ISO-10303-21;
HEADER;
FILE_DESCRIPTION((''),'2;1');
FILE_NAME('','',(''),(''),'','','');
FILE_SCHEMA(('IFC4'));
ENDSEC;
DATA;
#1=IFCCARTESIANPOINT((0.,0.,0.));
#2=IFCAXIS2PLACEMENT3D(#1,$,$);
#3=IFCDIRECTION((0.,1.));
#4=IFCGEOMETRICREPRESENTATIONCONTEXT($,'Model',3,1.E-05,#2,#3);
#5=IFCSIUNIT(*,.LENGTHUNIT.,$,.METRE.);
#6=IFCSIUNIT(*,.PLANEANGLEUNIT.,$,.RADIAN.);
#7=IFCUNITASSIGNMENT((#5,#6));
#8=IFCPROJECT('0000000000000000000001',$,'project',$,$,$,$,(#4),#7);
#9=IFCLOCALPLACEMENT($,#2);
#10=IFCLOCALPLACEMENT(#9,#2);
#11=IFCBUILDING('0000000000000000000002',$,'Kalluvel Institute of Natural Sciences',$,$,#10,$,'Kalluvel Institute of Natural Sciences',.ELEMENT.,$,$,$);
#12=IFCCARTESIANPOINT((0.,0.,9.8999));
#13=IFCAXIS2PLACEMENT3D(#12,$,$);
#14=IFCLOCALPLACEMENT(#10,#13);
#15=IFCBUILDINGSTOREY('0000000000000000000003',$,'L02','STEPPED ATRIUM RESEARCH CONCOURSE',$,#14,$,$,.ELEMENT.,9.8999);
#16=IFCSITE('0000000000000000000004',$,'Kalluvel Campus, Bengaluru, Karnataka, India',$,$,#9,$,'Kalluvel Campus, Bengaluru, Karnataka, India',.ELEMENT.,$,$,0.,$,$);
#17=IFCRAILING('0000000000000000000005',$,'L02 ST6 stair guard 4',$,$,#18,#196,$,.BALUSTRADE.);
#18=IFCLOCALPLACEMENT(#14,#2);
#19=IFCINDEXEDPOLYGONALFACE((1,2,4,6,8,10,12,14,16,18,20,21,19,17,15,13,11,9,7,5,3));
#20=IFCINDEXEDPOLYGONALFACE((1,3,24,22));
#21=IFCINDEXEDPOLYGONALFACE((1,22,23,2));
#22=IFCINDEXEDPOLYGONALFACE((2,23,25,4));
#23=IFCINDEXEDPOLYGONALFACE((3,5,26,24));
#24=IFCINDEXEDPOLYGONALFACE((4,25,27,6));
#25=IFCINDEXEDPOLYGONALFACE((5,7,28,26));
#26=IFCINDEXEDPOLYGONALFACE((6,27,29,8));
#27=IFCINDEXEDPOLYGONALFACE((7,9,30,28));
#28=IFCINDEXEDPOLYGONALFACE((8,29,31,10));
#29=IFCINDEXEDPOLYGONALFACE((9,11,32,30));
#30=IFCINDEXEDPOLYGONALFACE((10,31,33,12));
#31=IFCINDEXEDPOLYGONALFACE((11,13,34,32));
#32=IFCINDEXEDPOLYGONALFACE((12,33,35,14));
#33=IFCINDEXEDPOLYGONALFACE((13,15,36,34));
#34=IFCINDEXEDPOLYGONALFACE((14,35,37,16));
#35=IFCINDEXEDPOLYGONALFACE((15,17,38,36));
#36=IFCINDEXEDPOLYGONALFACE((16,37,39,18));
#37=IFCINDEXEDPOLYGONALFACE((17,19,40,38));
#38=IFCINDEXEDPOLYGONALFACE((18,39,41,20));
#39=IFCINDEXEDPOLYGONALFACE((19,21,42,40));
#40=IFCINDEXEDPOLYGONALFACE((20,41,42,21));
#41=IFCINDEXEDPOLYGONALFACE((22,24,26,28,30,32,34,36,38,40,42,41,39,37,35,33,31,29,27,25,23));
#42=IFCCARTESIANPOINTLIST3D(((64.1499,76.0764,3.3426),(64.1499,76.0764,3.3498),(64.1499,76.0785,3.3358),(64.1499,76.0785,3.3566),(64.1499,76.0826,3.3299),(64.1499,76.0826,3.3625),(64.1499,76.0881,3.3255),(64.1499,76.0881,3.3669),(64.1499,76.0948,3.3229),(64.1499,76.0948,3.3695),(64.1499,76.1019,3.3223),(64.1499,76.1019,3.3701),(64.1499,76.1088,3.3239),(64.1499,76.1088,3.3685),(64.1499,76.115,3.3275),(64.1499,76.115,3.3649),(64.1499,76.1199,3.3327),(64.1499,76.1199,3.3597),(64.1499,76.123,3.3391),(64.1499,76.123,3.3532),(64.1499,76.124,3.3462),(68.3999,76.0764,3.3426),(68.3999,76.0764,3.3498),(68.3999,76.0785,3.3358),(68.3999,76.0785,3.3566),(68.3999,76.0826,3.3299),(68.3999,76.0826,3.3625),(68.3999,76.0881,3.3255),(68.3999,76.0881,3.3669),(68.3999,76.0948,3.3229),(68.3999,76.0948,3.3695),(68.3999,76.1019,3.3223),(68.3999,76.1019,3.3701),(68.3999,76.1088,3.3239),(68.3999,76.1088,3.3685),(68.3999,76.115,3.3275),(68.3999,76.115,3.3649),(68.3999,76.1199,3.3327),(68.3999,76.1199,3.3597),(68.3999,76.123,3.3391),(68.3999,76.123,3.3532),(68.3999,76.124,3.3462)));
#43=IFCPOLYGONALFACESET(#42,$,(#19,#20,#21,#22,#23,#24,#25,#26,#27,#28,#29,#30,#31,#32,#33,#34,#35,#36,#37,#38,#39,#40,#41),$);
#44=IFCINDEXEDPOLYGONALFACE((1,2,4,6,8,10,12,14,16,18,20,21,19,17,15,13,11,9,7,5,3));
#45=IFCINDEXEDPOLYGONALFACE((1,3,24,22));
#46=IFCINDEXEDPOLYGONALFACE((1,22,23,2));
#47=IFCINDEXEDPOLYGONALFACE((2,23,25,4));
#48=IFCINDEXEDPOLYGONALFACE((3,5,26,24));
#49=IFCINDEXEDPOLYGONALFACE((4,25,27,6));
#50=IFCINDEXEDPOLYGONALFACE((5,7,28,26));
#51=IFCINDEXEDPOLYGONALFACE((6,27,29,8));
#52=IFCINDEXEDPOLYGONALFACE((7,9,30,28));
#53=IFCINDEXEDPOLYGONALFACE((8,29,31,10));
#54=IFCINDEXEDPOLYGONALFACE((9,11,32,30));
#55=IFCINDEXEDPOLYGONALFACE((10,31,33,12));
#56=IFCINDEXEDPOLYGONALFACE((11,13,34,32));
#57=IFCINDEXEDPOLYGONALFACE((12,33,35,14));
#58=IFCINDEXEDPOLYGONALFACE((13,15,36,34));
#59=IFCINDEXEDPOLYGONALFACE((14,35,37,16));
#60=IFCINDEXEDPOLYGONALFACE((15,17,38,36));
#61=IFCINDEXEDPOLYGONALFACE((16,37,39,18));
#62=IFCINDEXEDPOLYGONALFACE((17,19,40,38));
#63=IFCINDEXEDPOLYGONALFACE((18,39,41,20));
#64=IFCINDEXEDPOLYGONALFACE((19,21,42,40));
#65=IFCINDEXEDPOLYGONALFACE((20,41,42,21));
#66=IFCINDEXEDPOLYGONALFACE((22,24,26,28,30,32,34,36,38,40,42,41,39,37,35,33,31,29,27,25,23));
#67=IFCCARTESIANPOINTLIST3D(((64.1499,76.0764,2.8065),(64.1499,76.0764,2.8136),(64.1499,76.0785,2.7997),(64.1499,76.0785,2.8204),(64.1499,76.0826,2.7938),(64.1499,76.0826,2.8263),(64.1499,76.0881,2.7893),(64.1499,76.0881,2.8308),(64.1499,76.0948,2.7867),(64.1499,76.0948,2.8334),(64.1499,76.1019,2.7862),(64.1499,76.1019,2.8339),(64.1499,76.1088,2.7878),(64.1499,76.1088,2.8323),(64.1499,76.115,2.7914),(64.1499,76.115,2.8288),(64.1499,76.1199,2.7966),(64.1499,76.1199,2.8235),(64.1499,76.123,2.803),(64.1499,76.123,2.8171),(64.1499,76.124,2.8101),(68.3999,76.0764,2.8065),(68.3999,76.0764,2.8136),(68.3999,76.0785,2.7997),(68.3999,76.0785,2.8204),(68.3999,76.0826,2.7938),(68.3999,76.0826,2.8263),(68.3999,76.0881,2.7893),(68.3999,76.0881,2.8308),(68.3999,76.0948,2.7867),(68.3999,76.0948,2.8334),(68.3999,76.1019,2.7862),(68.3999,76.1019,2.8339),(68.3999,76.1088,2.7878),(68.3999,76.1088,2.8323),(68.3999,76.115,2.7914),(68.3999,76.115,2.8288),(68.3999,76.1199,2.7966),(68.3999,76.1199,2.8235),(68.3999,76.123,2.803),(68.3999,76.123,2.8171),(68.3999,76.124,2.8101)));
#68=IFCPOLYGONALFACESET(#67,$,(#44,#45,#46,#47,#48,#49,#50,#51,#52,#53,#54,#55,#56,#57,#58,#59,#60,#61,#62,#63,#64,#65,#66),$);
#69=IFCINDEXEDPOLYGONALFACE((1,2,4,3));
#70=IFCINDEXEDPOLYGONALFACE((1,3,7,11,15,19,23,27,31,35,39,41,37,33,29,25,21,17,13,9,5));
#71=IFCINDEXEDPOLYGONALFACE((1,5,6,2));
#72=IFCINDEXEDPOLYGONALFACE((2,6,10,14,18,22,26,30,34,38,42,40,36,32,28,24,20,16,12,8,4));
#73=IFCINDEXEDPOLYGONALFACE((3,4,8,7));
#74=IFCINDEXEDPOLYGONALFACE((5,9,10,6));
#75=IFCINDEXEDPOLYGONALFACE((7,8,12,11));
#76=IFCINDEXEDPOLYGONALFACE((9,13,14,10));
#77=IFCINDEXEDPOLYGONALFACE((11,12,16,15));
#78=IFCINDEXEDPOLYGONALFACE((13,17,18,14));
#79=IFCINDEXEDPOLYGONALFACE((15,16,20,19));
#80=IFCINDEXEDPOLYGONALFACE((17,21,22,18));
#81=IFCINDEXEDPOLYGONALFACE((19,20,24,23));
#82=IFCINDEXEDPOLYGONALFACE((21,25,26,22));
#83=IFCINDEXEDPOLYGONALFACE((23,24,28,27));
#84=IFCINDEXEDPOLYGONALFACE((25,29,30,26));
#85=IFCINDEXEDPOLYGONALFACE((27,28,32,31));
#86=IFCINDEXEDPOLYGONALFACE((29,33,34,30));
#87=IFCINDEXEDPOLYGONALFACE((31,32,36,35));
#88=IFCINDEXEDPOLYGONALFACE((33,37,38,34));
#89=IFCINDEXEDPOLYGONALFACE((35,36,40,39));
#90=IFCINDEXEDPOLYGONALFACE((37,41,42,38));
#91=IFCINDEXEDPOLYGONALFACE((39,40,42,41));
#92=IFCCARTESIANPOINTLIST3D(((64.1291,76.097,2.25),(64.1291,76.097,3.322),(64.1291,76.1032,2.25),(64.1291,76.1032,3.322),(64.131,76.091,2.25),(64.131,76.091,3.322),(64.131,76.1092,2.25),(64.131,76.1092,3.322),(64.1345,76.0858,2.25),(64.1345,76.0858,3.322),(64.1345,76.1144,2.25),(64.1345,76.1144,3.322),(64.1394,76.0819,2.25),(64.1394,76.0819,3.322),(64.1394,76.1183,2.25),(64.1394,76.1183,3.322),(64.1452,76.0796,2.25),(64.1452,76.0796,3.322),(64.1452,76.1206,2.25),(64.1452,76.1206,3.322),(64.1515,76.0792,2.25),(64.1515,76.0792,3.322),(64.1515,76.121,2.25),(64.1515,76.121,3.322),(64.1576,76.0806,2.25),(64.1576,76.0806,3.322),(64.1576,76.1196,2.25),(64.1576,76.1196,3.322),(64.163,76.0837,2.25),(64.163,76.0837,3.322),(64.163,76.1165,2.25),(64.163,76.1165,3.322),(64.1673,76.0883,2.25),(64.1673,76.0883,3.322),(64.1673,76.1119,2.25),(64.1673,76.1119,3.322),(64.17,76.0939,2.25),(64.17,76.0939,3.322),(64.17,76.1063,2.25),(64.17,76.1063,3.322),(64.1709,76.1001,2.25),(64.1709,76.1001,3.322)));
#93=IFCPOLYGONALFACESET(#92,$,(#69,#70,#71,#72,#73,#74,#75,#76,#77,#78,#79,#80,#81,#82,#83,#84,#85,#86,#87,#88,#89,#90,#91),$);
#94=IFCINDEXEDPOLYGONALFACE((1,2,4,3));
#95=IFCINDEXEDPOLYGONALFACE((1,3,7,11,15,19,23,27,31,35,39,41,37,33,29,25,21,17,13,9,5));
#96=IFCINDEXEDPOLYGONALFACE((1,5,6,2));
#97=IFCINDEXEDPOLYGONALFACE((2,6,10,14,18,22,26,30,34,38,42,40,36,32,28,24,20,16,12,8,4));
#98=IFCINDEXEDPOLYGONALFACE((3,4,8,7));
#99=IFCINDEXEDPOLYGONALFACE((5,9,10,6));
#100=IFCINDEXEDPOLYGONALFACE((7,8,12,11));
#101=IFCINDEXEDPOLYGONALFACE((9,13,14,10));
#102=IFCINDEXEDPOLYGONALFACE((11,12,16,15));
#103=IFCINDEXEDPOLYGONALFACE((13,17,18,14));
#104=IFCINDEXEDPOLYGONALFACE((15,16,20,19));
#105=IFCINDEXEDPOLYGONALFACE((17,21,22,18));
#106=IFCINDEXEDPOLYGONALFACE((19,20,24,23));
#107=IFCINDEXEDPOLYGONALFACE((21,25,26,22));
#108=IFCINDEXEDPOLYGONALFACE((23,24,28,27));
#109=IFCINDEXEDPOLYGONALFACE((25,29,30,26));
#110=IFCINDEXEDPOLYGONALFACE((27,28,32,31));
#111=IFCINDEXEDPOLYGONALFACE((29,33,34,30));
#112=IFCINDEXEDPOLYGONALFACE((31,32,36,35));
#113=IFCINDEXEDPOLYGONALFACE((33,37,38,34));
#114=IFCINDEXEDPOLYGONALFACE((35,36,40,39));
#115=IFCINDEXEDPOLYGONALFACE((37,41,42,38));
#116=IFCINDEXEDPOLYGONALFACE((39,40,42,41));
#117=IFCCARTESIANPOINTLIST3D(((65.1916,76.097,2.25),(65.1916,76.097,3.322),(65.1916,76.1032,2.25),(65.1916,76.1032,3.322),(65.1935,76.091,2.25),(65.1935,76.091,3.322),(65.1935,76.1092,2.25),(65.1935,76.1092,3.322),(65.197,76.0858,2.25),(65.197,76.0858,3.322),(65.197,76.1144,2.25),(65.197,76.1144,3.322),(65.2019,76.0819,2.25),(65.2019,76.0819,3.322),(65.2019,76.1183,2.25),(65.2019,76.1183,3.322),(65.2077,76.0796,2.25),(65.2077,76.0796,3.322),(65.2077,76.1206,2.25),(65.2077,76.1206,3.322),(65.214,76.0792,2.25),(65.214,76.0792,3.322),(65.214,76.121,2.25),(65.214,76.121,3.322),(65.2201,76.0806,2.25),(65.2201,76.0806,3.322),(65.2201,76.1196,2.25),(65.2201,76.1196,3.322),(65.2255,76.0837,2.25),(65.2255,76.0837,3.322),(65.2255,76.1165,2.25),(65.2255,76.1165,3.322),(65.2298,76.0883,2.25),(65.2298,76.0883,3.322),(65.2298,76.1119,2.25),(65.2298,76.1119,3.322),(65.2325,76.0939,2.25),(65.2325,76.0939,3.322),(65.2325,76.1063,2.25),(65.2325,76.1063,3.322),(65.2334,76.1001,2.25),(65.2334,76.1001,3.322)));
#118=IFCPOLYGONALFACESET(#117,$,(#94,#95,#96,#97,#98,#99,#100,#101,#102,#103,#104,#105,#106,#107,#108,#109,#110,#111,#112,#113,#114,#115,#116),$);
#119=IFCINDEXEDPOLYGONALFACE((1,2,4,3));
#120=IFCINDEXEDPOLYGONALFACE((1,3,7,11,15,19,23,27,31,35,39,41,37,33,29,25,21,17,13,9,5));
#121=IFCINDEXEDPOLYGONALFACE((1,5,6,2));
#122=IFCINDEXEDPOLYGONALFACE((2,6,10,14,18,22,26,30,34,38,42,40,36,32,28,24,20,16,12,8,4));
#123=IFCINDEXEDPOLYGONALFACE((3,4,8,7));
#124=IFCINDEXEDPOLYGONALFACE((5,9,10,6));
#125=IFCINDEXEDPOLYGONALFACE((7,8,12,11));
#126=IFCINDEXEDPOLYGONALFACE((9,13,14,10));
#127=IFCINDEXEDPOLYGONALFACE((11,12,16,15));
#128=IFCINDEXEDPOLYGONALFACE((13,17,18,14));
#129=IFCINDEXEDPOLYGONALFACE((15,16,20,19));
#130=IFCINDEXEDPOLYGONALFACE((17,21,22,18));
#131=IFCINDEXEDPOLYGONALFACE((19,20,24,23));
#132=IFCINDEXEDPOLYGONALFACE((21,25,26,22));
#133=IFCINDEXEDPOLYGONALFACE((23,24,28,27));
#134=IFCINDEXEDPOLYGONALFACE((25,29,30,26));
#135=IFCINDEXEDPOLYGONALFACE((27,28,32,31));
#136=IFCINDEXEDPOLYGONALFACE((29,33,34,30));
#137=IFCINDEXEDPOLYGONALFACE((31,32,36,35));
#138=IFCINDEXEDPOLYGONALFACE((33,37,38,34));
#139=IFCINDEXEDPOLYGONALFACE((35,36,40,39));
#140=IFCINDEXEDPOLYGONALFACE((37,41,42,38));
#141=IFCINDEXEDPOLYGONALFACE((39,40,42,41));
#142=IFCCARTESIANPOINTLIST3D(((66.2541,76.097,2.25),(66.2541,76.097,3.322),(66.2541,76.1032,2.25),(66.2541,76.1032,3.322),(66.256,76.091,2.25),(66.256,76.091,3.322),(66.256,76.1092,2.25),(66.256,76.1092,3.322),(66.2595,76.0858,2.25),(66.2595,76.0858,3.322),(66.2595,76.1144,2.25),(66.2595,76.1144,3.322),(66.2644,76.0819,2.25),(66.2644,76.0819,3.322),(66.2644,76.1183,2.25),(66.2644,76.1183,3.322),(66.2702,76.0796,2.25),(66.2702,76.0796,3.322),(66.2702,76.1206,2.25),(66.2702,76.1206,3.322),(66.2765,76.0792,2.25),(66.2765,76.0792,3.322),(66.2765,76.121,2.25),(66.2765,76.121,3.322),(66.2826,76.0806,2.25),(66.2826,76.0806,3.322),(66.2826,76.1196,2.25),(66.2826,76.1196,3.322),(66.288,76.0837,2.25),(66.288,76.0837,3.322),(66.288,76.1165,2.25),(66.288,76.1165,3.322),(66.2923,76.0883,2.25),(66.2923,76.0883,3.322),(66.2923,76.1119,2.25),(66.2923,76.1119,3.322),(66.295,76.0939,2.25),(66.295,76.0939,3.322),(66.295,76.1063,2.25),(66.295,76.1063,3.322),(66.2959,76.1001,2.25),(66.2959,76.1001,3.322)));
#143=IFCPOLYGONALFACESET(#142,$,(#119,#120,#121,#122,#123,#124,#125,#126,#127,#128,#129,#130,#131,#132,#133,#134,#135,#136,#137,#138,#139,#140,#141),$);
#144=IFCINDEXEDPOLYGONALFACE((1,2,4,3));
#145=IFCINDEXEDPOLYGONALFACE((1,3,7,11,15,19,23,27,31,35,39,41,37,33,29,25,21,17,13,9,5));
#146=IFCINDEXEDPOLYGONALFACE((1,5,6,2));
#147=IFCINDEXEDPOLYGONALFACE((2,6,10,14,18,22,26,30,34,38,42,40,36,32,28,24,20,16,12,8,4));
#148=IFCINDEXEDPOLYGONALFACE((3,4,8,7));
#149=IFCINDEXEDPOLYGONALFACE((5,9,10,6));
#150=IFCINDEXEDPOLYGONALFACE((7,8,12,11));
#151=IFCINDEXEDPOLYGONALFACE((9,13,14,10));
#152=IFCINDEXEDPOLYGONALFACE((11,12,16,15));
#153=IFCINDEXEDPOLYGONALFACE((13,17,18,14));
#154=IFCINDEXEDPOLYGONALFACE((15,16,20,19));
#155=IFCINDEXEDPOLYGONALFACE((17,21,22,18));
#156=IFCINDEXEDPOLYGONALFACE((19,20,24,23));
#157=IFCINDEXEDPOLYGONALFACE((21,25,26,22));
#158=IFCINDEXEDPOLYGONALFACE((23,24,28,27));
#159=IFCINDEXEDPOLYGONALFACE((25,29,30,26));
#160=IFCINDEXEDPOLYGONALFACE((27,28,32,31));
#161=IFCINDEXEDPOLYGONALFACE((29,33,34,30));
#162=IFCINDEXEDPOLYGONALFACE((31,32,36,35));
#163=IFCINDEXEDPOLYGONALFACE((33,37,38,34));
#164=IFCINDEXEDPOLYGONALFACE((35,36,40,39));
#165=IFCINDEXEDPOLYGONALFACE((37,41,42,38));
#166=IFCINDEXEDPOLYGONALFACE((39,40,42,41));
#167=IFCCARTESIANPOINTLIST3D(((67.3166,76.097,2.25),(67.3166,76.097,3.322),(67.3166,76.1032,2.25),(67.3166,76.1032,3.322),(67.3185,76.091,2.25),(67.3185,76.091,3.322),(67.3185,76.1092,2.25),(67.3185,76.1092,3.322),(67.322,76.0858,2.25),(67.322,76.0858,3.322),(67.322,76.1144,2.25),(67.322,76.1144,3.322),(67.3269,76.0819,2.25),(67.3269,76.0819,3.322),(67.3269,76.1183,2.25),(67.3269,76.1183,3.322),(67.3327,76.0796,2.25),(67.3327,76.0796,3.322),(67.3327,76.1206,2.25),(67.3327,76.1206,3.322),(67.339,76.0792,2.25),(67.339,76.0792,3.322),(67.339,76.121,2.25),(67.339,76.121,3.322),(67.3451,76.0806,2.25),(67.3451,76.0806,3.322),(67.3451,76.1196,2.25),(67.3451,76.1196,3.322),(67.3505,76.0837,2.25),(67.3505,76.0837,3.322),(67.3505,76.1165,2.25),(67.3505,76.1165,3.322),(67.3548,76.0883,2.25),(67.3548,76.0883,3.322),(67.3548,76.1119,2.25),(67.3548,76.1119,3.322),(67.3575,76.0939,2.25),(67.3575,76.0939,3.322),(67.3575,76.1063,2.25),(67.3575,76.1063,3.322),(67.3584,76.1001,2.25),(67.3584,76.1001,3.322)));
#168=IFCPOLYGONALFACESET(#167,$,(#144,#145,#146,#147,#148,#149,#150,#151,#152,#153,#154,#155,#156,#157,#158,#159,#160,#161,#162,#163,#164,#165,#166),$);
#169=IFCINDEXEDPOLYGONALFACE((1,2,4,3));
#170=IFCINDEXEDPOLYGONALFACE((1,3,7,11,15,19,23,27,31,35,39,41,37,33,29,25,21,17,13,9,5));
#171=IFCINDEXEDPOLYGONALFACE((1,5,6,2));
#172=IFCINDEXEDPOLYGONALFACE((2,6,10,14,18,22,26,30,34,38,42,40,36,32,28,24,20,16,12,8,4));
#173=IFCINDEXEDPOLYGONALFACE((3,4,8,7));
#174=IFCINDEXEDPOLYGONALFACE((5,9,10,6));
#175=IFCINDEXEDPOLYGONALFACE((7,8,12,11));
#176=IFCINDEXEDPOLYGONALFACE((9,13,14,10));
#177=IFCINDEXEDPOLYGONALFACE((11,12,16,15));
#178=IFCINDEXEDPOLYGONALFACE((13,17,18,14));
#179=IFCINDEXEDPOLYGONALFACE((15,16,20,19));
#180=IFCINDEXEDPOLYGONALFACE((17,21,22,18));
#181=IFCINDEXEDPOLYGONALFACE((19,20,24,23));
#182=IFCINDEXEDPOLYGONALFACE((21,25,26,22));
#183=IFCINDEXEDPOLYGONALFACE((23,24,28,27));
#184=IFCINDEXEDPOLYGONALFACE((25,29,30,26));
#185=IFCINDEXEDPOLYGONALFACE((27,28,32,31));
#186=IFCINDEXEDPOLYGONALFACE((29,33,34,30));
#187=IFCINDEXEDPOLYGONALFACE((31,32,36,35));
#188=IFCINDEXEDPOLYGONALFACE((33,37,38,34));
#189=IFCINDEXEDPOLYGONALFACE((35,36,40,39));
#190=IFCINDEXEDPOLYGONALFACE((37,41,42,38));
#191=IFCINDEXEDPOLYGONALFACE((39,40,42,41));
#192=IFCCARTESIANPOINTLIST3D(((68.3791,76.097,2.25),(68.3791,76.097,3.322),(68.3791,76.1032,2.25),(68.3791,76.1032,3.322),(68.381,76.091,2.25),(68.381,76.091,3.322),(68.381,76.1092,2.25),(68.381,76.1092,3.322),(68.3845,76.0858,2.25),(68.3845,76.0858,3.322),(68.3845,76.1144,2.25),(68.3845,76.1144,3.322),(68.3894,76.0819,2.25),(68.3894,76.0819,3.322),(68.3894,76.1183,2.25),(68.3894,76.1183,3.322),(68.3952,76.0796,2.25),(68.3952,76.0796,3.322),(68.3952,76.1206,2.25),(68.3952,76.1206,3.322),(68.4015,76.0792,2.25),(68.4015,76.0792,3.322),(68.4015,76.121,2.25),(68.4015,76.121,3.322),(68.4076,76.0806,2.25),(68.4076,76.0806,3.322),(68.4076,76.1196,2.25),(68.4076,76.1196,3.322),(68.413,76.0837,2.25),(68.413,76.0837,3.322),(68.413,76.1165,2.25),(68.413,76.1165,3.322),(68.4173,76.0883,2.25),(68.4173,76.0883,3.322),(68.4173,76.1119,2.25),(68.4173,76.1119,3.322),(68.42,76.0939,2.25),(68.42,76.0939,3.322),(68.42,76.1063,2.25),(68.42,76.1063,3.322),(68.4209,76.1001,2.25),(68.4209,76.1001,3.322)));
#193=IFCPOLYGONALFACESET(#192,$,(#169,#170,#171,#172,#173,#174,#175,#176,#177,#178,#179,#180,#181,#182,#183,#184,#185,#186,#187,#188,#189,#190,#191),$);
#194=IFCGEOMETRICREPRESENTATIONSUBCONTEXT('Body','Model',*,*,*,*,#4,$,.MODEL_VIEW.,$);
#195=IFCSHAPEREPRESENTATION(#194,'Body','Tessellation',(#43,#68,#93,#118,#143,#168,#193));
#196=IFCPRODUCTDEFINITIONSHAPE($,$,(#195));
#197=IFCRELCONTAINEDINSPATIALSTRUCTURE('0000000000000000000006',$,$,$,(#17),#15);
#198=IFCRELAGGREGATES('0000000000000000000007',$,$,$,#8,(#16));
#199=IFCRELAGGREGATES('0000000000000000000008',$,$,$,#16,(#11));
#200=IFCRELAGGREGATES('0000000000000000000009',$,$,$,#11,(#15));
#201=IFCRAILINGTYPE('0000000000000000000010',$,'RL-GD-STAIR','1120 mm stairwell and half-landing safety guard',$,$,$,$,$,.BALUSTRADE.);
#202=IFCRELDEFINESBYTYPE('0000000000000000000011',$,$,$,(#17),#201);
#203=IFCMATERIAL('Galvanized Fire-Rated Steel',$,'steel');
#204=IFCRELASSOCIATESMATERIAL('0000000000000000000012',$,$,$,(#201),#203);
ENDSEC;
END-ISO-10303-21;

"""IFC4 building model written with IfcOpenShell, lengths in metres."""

from ifc_helpers import new_model, si_unit, direction, frame, origin, origin_2d, place, context, subcontext, project, spatial, circle, extrude, material, type_object, element, save


model = new_model("IFC4")

# Units and contexts
model_context = context("Model", 3, precision=1e-05, world=origin(), true_north=direction((0.0, 1.0)))
body_context = subcontext(model_context, "Body", "Model", "MODEL_VIEW")
ifc_project = project(units=[si_unit("LENGTHUNIT", "METRE"), si_unit("PLANEANGLEUNIT", "RADIAN")], contexts=[model_context])

# Site, building, storey
site_placement = place(None, origin())
site = spatial("IfcSite", under=ifc_project, at=site_placement, Name="Kalluvel Campus, Bengaluru, Karnataka, India", LongName="Kalluvel Campus, Bengaluru, Karnataka, India", CompositionType="ELEMENT", RefElevation=0.0)
building_placement = place(site_placement, origin())
building = spatial("IfcBuilding", under=site, at=building_placement, Name="Kalluvel Institute of Natural Sciences", LongName="Kalluvel Institute of Natural Sciences", CompositionType="ELEMENT")
storey_placement = place(building_placement, frame((0.0, 0.0, 9.8999)))
storey = spatial("IfcBuildingStorey", under=building, at=storey_placement, Name="L02", Description="STEPPED ATRIUM RESEARCH CONCOURSE", CompositionType="ELEMENT", Elevation=9.8999)

# Railing
ifc_material_1 = material(Name="Galvanized Fire-Rated Steel", Category="steel")
railing_type_1 = type_object("IfcRailingType", Name="RL-GD-STAIR", Description="1120 mm stairwell and half-landing safety guard", PredefinedType="BALUSTRADE", material=ifc_material_1)
railing_1_placement = place(storey_placement, frame((64.1499, 76.1001, 2.25)))
element("IfcRailing", 1, at=railing_1_placement, inside=storey, type_object=railing_type_1, Name="L02 ST6 stair guard 4", PredefinedType="BALUSTRADE", context=body_context, shape_type="SweptSolid", body=[
    extrude(circle(Radius=0.0239, at=origin_2d()), frame((0.0, 0.0, 1.0962), z_axis=(1.0, 0.0, 0.0), x_axis=(0.0, 1.0, 0.0)), (0.0, 0.0, 1.0), 4.25),
    extrude(circle(Radius=0.0239, at=origin_2d()), frame((0.0, 0.0, 0.5601), z_axis=(1.0, 0.0, 0.0), x_axis=(0.0, 1.0, 0.0)), (0.0, 0.0, 1.0), 4.25),
    extrude(circle(Radius=0.021, at=origin_2d()), origin(), (0.0, 0.0, 1.0), 1.072),
    extrude(circle(Radius=0.021, at=origin_2d()), frame((1.0625, 0.0, 0.0)), (0.0, 0.0, 1.0), 1.072),
    extrude(circle(Radius=0.021, at=origin_2d()), frame((2.125, 0.0, 0.0)), (0.0, 0.0, 1.0), 1.072),
    extrude(circle(Radius=0.021, at=origin_2d()), frame((3.1875, 0.0, 0.0)), (0.0, 0.0, 1.0), 1.072),
    extrude(circle(Radius=0.021, at=origin_2d()), frame((4.25, 0.0, 0.0)), (0.0, 0.0, 1.0), 1.072),
])

save(model, "model.ifc")
